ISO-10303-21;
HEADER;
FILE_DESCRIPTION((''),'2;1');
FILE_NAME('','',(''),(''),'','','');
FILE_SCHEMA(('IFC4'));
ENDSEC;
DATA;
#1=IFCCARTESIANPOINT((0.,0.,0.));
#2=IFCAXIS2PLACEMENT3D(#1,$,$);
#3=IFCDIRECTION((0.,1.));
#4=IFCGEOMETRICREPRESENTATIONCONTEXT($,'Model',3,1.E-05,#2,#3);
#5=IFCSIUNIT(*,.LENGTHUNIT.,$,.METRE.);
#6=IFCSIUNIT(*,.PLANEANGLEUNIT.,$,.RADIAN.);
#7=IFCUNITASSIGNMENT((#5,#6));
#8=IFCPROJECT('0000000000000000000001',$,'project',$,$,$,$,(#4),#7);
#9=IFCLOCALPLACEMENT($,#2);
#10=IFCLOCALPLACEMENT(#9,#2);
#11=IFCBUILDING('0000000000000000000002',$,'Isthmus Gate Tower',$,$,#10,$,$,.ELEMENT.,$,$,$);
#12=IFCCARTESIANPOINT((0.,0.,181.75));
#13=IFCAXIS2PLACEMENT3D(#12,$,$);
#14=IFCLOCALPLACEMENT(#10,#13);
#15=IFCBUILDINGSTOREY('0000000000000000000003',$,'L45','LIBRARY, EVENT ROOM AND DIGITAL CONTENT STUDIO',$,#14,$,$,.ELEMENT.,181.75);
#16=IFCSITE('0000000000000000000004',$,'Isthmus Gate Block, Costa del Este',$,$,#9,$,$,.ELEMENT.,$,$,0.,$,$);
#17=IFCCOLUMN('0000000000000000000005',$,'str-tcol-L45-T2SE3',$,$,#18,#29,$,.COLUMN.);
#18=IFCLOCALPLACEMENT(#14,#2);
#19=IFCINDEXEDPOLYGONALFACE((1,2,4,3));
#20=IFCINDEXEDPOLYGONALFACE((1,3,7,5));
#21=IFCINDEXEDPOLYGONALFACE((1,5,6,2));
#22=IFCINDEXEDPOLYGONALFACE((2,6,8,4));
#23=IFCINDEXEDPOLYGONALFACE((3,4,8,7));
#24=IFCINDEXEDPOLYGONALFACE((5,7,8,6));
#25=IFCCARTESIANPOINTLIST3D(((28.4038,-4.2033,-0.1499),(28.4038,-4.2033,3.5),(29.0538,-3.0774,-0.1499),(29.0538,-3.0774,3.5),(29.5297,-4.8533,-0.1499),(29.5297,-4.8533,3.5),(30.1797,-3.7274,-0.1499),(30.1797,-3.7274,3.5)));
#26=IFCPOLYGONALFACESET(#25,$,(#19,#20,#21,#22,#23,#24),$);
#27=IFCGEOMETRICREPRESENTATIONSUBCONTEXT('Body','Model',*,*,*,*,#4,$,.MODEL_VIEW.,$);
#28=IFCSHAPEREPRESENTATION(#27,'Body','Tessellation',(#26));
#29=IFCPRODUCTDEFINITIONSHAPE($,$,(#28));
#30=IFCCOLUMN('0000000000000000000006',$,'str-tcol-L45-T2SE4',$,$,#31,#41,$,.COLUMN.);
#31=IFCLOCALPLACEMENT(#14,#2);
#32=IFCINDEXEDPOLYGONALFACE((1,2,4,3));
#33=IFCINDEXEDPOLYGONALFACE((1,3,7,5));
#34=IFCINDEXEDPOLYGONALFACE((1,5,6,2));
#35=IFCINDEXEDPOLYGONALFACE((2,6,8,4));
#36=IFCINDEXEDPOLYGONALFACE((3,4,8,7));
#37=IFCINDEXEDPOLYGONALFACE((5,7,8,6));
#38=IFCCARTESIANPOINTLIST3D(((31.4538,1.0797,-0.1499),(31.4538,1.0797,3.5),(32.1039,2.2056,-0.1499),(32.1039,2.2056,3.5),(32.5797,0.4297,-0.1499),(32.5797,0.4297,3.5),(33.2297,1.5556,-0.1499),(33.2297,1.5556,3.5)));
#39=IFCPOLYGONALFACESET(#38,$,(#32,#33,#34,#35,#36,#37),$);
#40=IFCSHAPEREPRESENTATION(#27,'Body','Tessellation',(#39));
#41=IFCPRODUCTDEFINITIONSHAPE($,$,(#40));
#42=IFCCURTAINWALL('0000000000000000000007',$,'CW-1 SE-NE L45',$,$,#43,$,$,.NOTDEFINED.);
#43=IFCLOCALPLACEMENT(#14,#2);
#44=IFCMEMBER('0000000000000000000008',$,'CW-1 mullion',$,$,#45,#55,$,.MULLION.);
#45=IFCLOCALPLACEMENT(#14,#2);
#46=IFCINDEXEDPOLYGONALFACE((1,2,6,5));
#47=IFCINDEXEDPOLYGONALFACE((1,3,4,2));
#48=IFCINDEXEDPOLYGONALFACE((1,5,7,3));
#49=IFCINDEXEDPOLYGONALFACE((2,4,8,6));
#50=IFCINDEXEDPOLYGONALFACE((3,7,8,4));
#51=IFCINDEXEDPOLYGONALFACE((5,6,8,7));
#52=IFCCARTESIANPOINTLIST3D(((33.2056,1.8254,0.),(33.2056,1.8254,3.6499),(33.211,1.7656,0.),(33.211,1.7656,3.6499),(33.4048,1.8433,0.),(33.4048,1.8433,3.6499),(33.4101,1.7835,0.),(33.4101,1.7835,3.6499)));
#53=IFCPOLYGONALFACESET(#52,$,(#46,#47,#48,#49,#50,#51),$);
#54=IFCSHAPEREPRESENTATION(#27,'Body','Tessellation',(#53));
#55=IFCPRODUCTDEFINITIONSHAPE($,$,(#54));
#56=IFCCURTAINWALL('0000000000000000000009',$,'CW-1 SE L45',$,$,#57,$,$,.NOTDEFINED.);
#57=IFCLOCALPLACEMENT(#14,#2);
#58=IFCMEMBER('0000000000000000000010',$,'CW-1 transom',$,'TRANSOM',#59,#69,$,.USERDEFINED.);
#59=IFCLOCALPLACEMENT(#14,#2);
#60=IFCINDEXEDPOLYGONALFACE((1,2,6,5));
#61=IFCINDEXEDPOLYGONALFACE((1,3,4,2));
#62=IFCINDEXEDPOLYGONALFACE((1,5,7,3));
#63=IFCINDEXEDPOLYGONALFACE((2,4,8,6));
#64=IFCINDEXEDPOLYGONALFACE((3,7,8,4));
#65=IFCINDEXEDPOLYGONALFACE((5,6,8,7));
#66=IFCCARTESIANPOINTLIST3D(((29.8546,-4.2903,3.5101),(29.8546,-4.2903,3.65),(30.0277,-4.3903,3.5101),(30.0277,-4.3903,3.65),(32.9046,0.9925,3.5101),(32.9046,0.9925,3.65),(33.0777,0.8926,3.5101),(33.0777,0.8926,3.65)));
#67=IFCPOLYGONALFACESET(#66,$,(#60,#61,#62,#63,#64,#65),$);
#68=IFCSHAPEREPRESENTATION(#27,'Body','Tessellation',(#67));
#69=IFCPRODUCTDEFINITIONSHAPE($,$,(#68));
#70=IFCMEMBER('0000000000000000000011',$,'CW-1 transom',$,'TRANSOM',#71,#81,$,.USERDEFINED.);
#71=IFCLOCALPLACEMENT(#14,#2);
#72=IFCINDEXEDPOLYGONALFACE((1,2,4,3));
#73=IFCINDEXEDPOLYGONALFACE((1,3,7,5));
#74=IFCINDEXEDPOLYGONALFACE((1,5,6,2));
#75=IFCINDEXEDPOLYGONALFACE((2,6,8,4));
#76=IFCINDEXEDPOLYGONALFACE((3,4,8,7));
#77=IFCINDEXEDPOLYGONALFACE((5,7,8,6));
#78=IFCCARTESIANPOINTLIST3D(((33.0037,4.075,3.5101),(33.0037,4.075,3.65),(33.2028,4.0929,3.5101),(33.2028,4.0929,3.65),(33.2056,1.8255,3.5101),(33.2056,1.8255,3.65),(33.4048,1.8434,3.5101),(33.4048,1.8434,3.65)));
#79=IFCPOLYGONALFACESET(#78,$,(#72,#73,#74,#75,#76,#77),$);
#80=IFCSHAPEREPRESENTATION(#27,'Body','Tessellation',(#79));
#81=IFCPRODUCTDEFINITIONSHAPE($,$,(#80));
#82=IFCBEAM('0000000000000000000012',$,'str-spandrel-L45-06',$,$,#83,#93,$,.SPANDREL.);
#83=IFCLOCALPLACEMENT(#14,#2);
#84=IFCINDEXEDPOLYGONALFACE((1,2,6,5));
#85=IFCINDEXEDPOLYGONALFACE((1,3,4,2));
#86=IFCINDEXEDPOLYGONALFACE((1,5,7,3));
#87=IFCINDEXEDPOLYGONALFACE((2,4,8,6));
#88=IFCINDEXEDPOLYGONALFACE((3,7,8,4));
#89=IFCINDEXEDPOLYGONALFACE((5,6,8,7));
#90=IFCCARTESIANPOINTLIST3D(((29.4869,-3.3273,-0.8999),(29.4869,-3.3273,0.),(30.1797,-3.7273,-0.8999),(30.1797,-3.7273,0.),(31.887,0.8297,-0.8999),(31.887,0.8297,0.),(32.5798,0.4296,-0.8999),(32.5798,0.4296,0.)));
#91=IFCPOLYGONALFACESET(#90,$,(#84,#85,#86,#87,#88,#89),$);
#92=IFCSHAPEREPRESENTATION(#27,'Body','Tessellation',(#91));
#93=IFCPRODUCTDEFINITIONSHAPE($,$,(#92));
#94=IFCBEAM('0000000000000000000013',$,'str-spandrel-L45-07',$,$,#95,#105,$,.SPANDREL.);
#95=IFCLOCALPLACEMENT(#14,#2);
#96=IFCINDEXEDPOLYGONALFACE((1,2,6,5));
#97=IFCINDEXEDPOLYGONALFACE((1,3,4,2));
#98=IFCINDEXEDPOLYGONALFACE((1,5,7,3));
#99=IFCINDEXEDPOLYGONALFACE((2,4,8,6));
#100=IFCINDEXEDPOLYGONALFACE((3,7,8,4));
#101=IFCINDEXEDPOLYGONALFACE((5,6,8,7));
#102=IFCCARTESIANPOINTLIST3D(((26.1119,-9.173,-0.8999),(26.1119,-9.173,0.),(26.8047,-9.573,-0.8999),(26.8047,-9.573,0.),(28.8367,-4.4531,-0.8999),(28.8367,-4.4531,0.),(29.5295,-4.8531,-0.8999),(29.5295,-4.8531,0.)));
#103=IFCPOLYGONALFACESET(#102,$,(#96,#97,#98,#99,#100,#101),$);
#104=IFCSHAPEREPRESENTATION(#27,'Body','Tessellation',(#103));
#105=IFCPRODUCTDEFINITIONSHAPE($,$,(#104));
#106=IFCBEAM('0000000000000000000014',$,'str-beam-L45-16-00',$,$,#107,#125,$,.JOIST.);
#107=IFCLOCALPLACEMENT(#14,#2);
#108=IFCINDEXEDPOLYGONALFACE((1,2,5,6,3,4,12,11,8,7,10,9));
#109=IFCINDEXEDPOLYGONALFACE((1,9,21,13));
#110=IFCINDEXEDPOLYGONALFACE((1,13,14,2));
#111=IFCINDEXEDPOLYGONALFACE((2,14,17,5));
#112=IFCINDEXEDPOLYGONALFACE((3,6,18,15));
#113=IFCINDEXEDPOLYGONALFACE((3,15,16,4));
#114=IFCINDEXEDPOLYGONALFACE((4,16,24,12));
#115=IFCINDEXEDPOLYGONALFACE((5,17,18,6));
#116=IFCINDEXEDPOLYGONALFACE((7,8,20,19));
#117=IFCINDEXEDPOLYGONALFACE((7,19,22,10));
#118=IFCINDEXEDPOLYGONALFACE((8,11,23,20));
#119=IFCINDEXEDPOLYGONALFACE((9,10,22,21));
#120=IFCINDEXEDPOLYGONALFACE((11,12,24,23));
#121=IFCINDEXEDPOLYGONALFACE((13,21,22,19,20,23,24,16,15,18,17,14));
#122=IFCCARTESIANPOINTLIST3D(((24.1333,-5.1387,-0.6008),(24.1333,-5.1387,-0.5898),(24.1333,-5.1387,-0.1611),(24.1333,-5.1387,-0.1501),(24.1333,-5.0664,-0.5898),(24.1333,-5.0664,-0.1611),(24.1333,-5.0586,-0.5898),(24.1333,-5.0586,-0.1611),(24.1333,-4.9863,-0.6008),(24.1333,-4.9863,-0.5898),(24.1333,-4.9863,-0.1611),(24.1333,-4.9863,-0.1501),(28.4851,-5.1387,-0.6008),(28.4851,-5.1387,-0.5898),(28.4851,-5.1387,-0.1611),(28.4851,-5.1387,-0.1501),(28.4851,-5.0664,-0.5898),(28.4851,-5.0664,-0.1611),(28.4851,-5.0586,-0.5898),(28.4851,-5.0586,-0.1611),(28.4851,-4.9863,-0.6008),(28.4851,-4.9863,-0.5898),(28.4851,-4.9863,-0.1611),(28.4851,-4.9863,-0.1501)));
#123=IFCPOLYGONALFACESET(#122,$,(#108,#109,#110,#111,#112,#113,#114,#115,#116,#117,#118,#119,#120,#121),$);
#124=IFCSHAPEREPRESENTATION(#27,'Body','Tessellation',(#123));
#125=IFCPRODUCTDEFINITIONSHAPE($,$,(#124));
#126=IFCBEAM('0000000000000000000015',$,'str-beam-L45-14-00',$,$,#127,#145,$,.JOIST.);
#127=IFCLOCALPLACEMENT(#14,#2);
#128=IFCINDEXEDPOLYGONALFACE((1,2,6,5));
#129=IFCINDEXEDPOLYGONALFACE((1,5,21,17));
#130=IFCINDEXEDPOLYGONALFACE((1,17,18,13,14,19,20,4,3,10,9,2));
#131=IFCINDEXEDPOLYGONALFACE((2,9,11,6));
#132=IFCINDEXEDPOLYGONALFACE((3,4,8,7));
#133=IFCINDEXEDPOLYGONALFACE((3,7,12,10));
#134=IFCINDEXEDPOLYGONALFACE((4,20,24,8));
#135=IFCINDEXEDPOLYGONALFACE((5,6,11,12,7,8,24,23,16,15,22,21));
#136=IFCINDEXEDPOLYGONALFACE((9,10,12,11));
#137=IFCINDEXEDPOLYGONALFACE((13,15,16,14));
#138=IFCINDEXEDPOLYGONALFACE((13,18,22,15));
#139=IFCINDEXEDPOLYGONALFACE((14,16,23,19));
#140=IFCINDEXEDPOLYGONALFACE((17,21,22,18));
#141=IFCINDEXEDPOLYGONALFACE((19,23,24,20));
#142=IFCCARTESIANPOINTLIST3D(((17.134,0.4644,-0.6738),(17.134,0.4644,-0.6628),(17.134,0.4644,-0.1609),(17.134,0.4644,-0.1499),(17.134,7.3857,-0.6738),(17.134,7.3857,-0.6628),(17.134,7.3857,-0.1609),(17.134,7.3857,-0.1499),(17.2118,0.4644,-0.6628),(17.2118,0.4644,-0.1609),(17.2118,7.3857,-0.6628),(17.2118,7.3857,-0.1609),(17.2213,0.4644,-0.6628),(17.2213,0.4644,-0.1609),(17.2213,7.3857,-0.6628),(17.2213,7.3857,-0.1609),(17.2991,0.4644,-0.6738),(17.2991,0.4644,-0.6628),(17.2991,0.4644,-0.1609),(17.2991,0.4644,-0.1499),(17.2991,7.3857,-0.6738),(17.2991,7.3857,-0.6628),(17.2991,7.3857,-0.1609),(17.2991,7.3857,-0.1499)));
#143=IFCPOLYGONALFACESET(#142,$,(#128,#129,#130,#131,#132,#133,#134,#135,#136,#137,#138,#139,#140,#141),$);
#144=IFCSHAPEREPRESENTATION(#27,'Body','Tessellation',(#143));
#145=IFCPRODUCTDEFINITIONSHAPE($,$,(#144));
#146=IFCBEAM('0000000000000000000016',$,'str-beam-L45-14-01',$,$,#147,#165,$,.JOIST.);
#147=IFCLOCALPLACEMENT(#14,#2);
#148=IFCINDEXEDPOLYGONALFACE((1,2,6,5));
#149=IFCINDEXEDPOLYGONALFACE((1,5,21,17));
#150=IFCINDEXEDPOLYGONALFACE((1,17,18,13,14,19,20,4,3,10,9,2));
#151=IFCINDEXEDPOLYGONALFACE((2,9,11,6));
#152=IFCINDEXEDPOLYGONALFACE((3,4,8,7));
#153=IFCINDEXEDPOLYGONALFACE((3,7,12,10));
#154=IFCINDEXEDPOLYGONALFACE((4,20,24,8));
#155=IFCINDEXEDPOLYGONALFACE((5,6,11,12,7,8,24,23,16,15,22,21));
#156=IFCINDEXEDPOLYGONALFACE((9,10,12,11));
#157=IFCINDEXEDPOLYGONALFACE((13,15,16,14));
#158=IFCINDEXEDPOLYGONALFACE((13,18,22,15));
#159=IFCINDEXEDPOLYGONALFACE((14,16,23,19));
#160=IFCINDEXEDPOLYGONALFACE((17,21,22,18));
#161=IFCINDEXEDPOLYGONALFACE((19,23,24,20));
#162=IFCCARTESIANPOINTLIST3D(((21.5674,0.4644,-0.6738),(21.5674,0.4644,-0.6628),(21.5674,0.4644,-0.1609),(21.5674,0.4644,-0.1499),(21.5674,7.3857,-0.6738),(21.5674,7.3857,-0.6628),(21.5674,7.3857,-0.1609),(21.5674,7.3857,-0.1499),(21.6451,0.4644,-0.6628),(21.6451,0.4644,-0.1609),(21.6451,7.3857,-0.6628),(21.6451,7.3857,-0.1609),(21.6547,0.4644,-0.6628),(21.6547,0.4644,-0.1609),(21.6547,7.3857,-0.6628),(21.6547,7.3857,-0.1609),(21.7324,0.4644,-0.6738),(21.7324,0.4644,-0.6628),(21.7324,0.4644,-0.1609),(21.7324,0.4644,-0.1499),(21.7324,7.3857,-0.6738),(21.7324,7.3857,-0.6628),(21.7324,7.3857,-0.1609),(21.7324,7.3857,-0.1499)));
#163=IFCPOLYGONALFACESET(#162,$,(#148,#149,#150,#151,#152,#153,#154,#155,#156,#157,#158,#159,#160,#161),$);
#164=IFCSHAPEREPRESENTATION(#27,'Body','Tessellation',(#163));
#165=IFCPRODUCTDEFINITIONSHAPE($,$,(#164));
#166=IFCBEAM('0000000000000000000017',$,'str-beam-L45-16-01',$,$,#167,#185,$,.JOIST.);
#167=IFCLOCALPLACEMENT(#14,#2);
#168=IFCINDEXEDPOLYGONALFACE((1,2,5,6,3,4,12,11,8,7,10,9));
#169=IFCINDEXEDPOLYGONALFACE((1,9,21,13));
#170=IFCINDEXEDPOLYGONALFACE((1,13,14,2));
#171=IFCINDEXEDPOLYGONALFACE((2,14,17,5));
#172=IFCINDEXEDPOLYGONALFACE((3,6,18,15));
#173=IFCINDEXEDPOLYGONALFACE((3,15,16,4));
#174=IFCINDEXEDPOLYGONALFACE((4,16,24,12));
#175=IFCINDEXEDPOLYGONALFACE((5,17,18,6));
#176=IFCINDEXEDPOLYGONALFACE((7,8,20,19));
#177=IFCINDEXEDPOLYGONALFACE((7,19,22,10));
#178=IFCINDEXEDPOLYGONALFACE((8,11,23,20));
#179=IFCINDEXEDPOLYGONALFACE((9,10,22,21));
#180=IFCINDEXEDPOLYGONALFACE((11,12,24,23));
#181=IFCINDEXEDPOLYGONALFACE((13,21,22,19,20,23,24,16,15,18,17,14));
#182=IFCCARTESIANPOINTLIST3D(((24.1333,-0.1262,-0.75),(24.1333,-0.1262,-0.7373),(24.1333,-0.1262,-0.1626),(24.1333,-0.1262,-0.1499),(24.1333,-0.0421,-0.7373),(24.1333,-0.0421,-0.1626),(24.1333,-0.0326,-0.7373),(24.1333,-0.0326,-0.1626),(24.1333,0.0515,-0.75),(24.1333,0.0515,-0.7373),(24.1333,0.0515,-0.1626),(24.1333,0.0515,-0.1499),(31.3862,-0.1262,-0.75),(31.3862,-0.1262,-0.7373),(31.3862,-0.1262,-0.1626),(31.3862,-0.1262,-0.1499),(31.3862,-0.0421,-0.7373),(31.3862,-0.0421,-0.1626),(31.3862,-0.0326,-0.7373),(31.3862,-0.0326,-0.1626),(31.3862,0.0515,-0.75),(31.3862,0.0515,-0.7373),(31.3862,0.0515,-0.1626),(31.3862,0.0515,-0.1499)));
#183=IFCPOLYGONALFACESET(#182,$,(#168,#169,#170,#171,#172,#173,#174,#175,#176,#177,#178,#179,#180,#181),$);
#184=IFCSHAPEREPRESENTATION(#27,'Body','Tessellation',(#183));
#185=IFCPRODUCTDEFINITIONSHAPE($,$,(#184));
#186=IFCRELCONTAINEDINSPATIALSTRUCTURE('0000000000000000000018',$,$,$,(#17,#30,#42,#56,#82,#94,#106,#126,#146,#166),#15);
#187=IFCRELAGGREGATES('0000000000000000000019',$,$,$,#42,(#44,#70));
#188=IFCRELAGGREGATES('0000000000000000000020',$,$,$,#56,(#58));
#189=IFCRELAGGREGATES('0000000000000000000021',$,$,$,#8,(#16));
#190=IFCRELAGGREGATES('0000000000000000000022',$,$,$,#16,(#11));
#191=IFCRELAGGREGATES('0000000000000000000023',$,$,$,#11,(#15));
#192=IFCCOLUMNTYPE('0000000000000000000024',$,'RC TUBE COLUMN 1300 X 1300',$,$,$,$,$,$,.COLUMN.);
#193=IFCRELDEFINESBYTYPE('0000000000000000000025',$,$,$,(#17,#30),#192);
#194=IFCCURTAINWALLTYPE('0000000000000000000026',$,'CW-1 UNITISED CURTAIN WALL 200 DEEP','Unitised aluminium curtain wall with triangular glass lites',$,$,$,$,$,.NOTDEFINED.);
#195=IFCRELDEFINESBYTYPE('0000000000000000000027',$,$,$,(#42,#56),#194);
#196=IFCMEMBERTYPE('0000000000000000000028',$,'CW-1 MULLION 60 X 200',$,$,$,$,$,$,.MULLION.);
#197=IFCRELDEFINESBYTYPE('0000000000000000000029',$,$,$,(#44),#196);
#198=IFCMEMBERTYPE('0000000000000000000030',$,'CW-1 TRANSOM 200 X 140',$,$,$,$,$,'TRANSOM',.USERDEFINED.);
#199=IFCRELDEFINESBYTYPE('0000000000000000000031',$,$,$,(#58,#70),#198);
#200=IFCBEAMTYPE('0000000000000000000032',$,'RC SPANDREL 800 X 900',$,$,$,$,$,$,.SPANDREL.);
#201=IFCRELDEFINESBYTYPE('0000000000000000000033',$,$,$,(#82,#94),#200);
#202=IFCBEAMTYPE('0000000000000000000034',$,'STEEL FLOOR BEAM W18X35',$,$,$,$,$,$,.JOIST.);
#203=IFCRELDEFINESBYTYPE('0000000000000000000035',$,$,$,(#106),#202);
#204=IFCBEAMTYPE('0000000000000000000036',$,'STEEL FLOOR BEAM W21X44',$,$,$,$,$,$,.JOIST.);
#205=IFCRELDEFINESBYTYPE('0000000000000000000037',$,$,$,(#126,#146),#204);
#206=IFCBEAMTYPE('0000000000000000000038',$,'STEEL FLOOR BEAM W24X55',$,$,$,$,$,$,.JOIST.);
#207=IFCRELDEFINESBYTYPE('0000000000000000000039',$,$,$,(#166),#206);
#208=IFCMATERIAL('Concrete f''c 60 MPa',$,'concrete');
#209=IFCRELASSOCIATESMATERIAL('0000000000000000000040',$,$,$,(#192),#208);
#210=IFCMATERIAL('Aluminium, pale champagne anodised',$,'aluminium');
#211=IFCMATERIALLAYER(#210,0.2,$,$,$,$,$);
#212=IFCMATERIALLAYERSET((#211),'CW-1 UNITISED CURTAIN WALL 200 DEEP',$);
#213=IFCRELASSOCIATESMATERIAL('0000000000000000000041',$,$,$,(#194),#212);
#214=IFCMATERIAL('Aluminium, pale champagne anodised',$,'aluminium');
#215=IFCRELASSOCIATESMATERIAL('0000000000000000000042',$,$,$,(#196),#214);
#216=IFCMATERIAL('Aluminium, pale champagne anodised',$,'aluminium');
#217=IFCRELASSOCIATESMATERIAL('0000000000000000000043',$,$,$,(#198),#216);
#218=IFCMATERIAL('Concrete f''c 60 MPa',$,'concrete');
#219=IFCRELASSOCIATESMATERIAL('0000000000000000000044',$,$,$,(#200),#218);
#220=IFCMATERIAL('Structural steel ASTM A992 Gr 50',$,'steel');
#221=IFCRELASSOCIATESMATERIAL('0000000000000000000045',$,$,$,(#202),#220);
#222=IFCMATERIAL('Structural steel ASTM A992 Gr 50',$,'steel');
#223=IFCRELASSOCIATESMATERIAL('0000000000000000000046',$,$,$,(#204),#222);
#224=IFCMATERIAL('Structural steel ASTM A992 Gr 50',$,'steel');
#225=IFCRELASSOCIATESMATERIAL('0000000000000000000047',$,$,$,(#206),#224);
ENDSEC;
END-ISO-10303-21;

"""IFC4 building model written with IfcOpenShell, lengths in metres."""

from ifc_helpers import new_model, si_unit, direction, frame, origin, origin_2d, place, context, subcontext, project, spatial, rectangle, i_section, extrude, material, layer, layer_set, material_profile, profile_set, type_object, element, aggregate, save


model = new_model("IFC4")

# Units and contexts
model_context = context("Model", 3, precision=1e-05, world=origin(), true_north=direction((0.0, 1.0)))
body_context = subcontext(model_context, "Body", "Model", "MODEL_VIEW")
ifc_project = project(units=[si_unit("LENGTHUNIT", "METRE"), si_unit("PLANEANGLEUNIT", "RADIAN")], contexts=[model_context])

# Site, building, storey
site_placement = place(None, origin())
site = spatial("IfcSite", under=ifc_project, at=site_placement, Name="Isthmus Gate Block, Costa del Este", CompositionType="ELEMENT", RefElevation=0.0)
building_placement = place(site_placement, origin())
building = spatial("IfcBuilding", under=site, at=building_placement, Name="Isthmus Gate Tower", CompositionType="ELEMENT")
storey_placement = place(building_placement, frame((0.0, 0.0, 181.75)))
storey = spatial("IfcBuildingStorey", under=building, at=storey_placement, Name="L45", Description="LIBRARY, EVENT ROOM AND DIGITAL CONTENT STUDIO", CompositionType="ELEMENT", Elevation=181.75)

# Columns
ifc_material_1 = material(Name="Concrete f'c 60 MPa", Category="concrete")
ifc_material_profile_1 = material_profile(ifc_material_1, rectangle(XDim=1.3, YDim=1.3, at=origin_2d()), Name="RC 1300X1300")
ifc_profile_set_1 = profile_set([ifc_material_profile_1], Name="Concrete f'c 60 MPa")
column_type = type_object("IfcColumnType", Name="RC TUBE COLUMN 1300 X 1300", PredefinedType="COLUMN", material=ifc_profile_set_1)
for number, where, z_axis, x_axis, name in (
    (1, (29.2917, -3.9653, -0.1499), (0.0, 0.0, 1.0), (0.5, 0.866025, 0.0), "str-tcol-L45-T2SE3"),
    (2, (32.3418, 1.3176, -0.1499), (0.0, 0.0, 1.0), (0.5, 0.866025, 0.0), "str-tcol-L45-T2SE4"),
):
    element("IfcColumn", number, at=place(storey_placement, frame(where, z_axis=z_axis, x_axis=x_axis)), inside=storey, type_object=column_type, Name=name, PredefinedType="COLUMN", context=body_context, shape_type="SweptSolid", body=[
        extrude(rectangle(XDim=1.3, YDim=1.3, at=origin_2d()), origin(), (0.0, 0.0, 1.0), 3.6499),
    ])

# Curtain walls, members
ifc_material_2 = material(Name="Aluminium, pale champagne anodised", Category="aluminium")
ifc_layer_1 = layer(ifc_material_2, 0.2)
ifc_layer_set_1 = layer_set([ifc_layer_1], Name="CW-1 UNITISED CURTAIN WALL 200 DEEP")
curtain_wall_type = type_object("IfcCurtainWallType", Name="CW-1 UNITISED CURTAIN WALL 200 DEEP", Description="Unitised aluminium curtain wall with triangular glass lites", PredefinedType="NOTDEFINED", material=ifc_layer_set_1)
curtain_wall_1_placement = place(storey_placement, origin())
curtain_wall_1 = element("IfcCurtainWall", 3, at=curtain_wall_1_placement, inside=storey, type_object=curtain_wall_type, Name="CW-1 SE-NE L45", PredefinedType="NOTDEFINED")
ifc_material_3 = material(Name="Aluminium, pale champagne anodised", Category="aluminium")
ifc_material_profile_2 = material_profile(ifc_material_3, rectangle(XDim=0.0601, YDim=0.2, at=origin_2d()), Name="60x200")
ifc_profile_set_2 = profile_set([ifc_material_profile_2], Name="Aluminium, pale champagne anodised")
member_type_1 = type_object("IfcMemberType", Name="CW-1 MULLION 60 X 200", PredefinedType="MULLION", material=ifc_profile_set_2)
member_1_placement = place(storey_placement, frame((33.3079, 1.8044, 0.0), z_axis=(0.0, 0.0, 1.0), x_axis=(-0.089397, 0.995996, 0.0)))
member_1 = element("IfcMember", 4, at=member_1_placement, type_object=member_type_1, Name="CW-1 mullion", PredefinedType="MULLION", context=body_context, shape_type="SweptSolid", body=[
    extrude(rectangle(XDim=0.0601, YDim=0.2, at=origin_2d()), origin(), (0.0, 0.0, 1.0), 3.6499),
])
curtain_wall_2_placement = place(storey_placement, origin())
curtain_wall_2 = element("IfcCurtainWall", 5, at=curtain_wall_2_placement, inside=storey, type_object=curtain_wall_type, Name="CW-1 SE L45", PredefinedType="NOTDEFINED")
ifc_material_4 = material(Name="Aluminium, pale champagne anodised", Category="aluminium")
ifc_material_profile_3 = material_profile(ifc_material_4, rectangle(XDim=0.2, YDim=0.1399, at=origin_2d()), Name="200x140")
ifc_profile_set_3 = profile_set([ifc_material_profile_3], Name="Aluminium, pale champagne anodised")
member_type_2 = type_object("IfcMemberType", Name="CW-1 TRANSOM 200 X 140", ElementType="TRANSOM", PredefinedType="USERDEFINED", material=ifc_profile_set_3)
member_2_placement = place(storey_placement, frame((29.9412, -4.3403, 3.5801), z_axis=(0.499992, 0.86603, 0.0), x_axis=(-0.86603, 0.499992, 0.0)))
member_2 = element("IfcMember", 6, at=member_2_placement, type_object=member_type_2, Name="CW-1 transom", ObjectType="TRANSOM", PredefinedType="USERDEFINED", context=body_context, shape_type="SweptSolid", body=[
    extrude(rectangle(XDim=0.2, YDim=0.1399, at=origin_2d()), origin(), (0.0, 0.0, 1.0), 6.1001),
])

# Member
member_3_placement = place(storey_placement, frame((33.3052, 1.8345, 3.5801), z_axis=(-0.089395, 0.995996, 0.0), x_axis=(-0.995996, -0.089395, 0.0)))
member_3 = element("IfcMember", 7, at=member_3_placement, type_object=member_type_2, Name="CW-1 transom", ObjectType="TRANSOM", PredefinedType="USERDEFINED", context=body_context, shape_type="SweptSolid", body=[
    extrude(rectangle(XDim=0.2, YDim=0.1399, at=origin_2d()), origin(), (0.0, 0.0, 1.0), 2.2585),
])
aggregate(curtain_wall_1, [member_1, member_3])

# Beams
ifc_material_5 = material(Name="Concrete f'c 60 MPa", Category="concrete")
ifc_material_profile_4 = material_profile(ifc_material_5, rectangle(XDim=0.8, YDim=0.8999, at=origin_2d()), Name="RC 800X900")
ifc_profile_set_4 = profile_set([ifc_material_profile_4], Name="Concrete f'c 60 MPa")
beam_type_1 = type_object("IfcBeamType", Name="RC SPANDREL 800 X 900", PredefinedType="SPANDREL", material=ifc_profile_set_4)
beam_1_placement = place(storey_placement, frame((32.2334, 0.6296, -0.45), z_axis=(-0.500017, -0.866015, 0.0), x_axis=(0.866015, -0.500017, 0.0)))
element("IfcBeam", 8, at=beam_1_placement, inside=storey, type_object=beam_type_1, Name="str-spandrel-L45-06", PredefinedType="SPANDREL", context=body_context, shape_type="SweptSolid", body=[
    extrude(rectangle(XDim=0.8, YDim=0.8999, at=origin_2d()), origin(), (0.0, 0.0, 1.0), 4.8),
])
beam_2_placement = place(storey_placement, frame((29.1831, -4.6531, -0.45), z_axis=(-0.499969, -0.866043, 0.0), x_axis=(0.866043, -0.499969, 0.0)))
element("IfcBeam", 9, at=beam_2_placement, inside=storey, type_object=beam_type_1, Name="str-spandrel-L45-07", PredefinedType="SPANDREL", context=body_context, shape_type="SweptSolid", body=[
    extrude(rectangle(XDim=0.8, YDim=0.8999, at=origin_2d()), origin(), (0.0, 0.0, 1.0), 5.45),
])
ifc_material_6 = material(Name="Structural steel ASTM A992 Gr 50", Category="steel")
ifc_material_profile_5 = material_profile(ifc_material_6, i_section(OverallWidth=0.1523, OverallDepth=0.4507, WebThickness=0.0078, FlangeThickness=0.011, at=origin_2d()), Name="W18X35")
ifc_profile_set_5 = profile_set([ifc_material_profile_5], Name="Structural steel ASTM A992 Gr 50")
beam_type_2 = type_object("IfcBeamType", Name="STEEL FLOOR BEAM W18X35", PredefinedType="JOIST", material=ifc_profile_set_5)
beam_3_placement = place(storey_placement, frame((24.1333, -5.0625, -0.3755), z_axis=(1.0, 0.0, 0.0), x_axis=(0.0, 1.0, 0.0)))
element("IfcBeam", 10, at=beam_3_placement, inside=storey, type_object=beam_type_2, Name="str-beam-L45-16-00", PredefinedType="JOIST", context=body_context, shape_type="SweptSolid", body=[
    extrude(i_section(OverallWidth=0.1523, OverallDepth=0.4507, WebThickness=0.0078, FlangeThickness=0.011, at=origin_2d()), origin(), (0.0, 0.0, 1.0), 4.3518),
])
ifc_material_7 = material(Name="Structural steel ASTM A992 Gr 50", Category="steel")
ifc_material_profile_6 = material_profile(ifc_material_7, i_section(OverallWidth=0.165, OverallDepth=0.5239, WebThickness=0.0095, FlangeThickness=0.011, at=origin_2d()), Name="W21X44")
ifc_profile_set_6 = profile_set([ifc_material_profile_6], Name="Structural steel ASTM A992 Gr 50")
beam_type_3 = type_object("IfcBeamType", Name="STEEL FLOOR BEAM W21X44", PredefinedType="JOIST", material=ifc_profile_set_6)
for number, where, z_axis, x_axis, name in (
    (11, (17.2166, 0.4644, -0.4119), (0.0, 1.0, 0.0), (-1.0, 0.0, 0.0), "str-beam-L45-14-00"),
    (12, (21.6499, 0.4644, -0.4119), (0.0, 1.0, 0.0), (-1.0, 0.0, 0.0), "str-beam-L45-14-01"),
):
    element("IfcBeam", number, at=place(storey_placement, frame(where, z_axis=z_axis, x_axis=x_axis)), inside=storey, type_object=beam_type_3, Name=name, PredefinedType="JOIST", context=body_context, shape_type="SweptSolid", body=[
        extrude(i_section(OverallWidth=0.165, OverallDepth=0.5239, WebThickness=0.0095, FlangeThickness=0.011, at=origin_2d()), origin(), (0.0, 0.0, 1.0), 6.9214),
    ])
ifc_material_8 = material(Name="Structural steel ASTM A992 Gr 50", Category="steel")
ifc_material_profile_7 = material_profile(ifc_material_8, i_section(OverallWidth=0.1777, OverallDepth=0.6001, WebThickness=0.0095, FlangeThickness=0.0127, at=origin_2d()), Name="W24X55")
ifc_profile_set_7 = profile_set([ifc_material_profile_7], Name="Structural steel ASTM A992 Gr 50")
beam_type_4 = type_object("IfcBeamType", Name="STEEL FLOOR BEAM W24X55", PredefinedType="JOIST", material=ifc_profile_set_7)
beam_4_placement = place(storey_placement, frame((24.1333, -0.0374, -0.45), z_axis=(1.0, 0.0, 0.0), x_axis=(0.0, 1.0, 0.0)))
element("IfcBeam", 13, at=beam_4_placement, inside=storey, type_object=beam_type_4, Name="str-beam-L45-16-01", PredefinedType="JOIST", context=body_context, shape_type="SweptSolid", body=[
    extrude(i_section(OverallWidth=0.1777, OverallDepth=0.6001, WebThickness=0.0095, FlangeThickness=0.0127, at=origin_2d()), origin(), (0.0, 0.0, 1.0), 7.2529),
])

aggregate(curtain_wall_2, [member_2])

save(model, "model.ifc")
